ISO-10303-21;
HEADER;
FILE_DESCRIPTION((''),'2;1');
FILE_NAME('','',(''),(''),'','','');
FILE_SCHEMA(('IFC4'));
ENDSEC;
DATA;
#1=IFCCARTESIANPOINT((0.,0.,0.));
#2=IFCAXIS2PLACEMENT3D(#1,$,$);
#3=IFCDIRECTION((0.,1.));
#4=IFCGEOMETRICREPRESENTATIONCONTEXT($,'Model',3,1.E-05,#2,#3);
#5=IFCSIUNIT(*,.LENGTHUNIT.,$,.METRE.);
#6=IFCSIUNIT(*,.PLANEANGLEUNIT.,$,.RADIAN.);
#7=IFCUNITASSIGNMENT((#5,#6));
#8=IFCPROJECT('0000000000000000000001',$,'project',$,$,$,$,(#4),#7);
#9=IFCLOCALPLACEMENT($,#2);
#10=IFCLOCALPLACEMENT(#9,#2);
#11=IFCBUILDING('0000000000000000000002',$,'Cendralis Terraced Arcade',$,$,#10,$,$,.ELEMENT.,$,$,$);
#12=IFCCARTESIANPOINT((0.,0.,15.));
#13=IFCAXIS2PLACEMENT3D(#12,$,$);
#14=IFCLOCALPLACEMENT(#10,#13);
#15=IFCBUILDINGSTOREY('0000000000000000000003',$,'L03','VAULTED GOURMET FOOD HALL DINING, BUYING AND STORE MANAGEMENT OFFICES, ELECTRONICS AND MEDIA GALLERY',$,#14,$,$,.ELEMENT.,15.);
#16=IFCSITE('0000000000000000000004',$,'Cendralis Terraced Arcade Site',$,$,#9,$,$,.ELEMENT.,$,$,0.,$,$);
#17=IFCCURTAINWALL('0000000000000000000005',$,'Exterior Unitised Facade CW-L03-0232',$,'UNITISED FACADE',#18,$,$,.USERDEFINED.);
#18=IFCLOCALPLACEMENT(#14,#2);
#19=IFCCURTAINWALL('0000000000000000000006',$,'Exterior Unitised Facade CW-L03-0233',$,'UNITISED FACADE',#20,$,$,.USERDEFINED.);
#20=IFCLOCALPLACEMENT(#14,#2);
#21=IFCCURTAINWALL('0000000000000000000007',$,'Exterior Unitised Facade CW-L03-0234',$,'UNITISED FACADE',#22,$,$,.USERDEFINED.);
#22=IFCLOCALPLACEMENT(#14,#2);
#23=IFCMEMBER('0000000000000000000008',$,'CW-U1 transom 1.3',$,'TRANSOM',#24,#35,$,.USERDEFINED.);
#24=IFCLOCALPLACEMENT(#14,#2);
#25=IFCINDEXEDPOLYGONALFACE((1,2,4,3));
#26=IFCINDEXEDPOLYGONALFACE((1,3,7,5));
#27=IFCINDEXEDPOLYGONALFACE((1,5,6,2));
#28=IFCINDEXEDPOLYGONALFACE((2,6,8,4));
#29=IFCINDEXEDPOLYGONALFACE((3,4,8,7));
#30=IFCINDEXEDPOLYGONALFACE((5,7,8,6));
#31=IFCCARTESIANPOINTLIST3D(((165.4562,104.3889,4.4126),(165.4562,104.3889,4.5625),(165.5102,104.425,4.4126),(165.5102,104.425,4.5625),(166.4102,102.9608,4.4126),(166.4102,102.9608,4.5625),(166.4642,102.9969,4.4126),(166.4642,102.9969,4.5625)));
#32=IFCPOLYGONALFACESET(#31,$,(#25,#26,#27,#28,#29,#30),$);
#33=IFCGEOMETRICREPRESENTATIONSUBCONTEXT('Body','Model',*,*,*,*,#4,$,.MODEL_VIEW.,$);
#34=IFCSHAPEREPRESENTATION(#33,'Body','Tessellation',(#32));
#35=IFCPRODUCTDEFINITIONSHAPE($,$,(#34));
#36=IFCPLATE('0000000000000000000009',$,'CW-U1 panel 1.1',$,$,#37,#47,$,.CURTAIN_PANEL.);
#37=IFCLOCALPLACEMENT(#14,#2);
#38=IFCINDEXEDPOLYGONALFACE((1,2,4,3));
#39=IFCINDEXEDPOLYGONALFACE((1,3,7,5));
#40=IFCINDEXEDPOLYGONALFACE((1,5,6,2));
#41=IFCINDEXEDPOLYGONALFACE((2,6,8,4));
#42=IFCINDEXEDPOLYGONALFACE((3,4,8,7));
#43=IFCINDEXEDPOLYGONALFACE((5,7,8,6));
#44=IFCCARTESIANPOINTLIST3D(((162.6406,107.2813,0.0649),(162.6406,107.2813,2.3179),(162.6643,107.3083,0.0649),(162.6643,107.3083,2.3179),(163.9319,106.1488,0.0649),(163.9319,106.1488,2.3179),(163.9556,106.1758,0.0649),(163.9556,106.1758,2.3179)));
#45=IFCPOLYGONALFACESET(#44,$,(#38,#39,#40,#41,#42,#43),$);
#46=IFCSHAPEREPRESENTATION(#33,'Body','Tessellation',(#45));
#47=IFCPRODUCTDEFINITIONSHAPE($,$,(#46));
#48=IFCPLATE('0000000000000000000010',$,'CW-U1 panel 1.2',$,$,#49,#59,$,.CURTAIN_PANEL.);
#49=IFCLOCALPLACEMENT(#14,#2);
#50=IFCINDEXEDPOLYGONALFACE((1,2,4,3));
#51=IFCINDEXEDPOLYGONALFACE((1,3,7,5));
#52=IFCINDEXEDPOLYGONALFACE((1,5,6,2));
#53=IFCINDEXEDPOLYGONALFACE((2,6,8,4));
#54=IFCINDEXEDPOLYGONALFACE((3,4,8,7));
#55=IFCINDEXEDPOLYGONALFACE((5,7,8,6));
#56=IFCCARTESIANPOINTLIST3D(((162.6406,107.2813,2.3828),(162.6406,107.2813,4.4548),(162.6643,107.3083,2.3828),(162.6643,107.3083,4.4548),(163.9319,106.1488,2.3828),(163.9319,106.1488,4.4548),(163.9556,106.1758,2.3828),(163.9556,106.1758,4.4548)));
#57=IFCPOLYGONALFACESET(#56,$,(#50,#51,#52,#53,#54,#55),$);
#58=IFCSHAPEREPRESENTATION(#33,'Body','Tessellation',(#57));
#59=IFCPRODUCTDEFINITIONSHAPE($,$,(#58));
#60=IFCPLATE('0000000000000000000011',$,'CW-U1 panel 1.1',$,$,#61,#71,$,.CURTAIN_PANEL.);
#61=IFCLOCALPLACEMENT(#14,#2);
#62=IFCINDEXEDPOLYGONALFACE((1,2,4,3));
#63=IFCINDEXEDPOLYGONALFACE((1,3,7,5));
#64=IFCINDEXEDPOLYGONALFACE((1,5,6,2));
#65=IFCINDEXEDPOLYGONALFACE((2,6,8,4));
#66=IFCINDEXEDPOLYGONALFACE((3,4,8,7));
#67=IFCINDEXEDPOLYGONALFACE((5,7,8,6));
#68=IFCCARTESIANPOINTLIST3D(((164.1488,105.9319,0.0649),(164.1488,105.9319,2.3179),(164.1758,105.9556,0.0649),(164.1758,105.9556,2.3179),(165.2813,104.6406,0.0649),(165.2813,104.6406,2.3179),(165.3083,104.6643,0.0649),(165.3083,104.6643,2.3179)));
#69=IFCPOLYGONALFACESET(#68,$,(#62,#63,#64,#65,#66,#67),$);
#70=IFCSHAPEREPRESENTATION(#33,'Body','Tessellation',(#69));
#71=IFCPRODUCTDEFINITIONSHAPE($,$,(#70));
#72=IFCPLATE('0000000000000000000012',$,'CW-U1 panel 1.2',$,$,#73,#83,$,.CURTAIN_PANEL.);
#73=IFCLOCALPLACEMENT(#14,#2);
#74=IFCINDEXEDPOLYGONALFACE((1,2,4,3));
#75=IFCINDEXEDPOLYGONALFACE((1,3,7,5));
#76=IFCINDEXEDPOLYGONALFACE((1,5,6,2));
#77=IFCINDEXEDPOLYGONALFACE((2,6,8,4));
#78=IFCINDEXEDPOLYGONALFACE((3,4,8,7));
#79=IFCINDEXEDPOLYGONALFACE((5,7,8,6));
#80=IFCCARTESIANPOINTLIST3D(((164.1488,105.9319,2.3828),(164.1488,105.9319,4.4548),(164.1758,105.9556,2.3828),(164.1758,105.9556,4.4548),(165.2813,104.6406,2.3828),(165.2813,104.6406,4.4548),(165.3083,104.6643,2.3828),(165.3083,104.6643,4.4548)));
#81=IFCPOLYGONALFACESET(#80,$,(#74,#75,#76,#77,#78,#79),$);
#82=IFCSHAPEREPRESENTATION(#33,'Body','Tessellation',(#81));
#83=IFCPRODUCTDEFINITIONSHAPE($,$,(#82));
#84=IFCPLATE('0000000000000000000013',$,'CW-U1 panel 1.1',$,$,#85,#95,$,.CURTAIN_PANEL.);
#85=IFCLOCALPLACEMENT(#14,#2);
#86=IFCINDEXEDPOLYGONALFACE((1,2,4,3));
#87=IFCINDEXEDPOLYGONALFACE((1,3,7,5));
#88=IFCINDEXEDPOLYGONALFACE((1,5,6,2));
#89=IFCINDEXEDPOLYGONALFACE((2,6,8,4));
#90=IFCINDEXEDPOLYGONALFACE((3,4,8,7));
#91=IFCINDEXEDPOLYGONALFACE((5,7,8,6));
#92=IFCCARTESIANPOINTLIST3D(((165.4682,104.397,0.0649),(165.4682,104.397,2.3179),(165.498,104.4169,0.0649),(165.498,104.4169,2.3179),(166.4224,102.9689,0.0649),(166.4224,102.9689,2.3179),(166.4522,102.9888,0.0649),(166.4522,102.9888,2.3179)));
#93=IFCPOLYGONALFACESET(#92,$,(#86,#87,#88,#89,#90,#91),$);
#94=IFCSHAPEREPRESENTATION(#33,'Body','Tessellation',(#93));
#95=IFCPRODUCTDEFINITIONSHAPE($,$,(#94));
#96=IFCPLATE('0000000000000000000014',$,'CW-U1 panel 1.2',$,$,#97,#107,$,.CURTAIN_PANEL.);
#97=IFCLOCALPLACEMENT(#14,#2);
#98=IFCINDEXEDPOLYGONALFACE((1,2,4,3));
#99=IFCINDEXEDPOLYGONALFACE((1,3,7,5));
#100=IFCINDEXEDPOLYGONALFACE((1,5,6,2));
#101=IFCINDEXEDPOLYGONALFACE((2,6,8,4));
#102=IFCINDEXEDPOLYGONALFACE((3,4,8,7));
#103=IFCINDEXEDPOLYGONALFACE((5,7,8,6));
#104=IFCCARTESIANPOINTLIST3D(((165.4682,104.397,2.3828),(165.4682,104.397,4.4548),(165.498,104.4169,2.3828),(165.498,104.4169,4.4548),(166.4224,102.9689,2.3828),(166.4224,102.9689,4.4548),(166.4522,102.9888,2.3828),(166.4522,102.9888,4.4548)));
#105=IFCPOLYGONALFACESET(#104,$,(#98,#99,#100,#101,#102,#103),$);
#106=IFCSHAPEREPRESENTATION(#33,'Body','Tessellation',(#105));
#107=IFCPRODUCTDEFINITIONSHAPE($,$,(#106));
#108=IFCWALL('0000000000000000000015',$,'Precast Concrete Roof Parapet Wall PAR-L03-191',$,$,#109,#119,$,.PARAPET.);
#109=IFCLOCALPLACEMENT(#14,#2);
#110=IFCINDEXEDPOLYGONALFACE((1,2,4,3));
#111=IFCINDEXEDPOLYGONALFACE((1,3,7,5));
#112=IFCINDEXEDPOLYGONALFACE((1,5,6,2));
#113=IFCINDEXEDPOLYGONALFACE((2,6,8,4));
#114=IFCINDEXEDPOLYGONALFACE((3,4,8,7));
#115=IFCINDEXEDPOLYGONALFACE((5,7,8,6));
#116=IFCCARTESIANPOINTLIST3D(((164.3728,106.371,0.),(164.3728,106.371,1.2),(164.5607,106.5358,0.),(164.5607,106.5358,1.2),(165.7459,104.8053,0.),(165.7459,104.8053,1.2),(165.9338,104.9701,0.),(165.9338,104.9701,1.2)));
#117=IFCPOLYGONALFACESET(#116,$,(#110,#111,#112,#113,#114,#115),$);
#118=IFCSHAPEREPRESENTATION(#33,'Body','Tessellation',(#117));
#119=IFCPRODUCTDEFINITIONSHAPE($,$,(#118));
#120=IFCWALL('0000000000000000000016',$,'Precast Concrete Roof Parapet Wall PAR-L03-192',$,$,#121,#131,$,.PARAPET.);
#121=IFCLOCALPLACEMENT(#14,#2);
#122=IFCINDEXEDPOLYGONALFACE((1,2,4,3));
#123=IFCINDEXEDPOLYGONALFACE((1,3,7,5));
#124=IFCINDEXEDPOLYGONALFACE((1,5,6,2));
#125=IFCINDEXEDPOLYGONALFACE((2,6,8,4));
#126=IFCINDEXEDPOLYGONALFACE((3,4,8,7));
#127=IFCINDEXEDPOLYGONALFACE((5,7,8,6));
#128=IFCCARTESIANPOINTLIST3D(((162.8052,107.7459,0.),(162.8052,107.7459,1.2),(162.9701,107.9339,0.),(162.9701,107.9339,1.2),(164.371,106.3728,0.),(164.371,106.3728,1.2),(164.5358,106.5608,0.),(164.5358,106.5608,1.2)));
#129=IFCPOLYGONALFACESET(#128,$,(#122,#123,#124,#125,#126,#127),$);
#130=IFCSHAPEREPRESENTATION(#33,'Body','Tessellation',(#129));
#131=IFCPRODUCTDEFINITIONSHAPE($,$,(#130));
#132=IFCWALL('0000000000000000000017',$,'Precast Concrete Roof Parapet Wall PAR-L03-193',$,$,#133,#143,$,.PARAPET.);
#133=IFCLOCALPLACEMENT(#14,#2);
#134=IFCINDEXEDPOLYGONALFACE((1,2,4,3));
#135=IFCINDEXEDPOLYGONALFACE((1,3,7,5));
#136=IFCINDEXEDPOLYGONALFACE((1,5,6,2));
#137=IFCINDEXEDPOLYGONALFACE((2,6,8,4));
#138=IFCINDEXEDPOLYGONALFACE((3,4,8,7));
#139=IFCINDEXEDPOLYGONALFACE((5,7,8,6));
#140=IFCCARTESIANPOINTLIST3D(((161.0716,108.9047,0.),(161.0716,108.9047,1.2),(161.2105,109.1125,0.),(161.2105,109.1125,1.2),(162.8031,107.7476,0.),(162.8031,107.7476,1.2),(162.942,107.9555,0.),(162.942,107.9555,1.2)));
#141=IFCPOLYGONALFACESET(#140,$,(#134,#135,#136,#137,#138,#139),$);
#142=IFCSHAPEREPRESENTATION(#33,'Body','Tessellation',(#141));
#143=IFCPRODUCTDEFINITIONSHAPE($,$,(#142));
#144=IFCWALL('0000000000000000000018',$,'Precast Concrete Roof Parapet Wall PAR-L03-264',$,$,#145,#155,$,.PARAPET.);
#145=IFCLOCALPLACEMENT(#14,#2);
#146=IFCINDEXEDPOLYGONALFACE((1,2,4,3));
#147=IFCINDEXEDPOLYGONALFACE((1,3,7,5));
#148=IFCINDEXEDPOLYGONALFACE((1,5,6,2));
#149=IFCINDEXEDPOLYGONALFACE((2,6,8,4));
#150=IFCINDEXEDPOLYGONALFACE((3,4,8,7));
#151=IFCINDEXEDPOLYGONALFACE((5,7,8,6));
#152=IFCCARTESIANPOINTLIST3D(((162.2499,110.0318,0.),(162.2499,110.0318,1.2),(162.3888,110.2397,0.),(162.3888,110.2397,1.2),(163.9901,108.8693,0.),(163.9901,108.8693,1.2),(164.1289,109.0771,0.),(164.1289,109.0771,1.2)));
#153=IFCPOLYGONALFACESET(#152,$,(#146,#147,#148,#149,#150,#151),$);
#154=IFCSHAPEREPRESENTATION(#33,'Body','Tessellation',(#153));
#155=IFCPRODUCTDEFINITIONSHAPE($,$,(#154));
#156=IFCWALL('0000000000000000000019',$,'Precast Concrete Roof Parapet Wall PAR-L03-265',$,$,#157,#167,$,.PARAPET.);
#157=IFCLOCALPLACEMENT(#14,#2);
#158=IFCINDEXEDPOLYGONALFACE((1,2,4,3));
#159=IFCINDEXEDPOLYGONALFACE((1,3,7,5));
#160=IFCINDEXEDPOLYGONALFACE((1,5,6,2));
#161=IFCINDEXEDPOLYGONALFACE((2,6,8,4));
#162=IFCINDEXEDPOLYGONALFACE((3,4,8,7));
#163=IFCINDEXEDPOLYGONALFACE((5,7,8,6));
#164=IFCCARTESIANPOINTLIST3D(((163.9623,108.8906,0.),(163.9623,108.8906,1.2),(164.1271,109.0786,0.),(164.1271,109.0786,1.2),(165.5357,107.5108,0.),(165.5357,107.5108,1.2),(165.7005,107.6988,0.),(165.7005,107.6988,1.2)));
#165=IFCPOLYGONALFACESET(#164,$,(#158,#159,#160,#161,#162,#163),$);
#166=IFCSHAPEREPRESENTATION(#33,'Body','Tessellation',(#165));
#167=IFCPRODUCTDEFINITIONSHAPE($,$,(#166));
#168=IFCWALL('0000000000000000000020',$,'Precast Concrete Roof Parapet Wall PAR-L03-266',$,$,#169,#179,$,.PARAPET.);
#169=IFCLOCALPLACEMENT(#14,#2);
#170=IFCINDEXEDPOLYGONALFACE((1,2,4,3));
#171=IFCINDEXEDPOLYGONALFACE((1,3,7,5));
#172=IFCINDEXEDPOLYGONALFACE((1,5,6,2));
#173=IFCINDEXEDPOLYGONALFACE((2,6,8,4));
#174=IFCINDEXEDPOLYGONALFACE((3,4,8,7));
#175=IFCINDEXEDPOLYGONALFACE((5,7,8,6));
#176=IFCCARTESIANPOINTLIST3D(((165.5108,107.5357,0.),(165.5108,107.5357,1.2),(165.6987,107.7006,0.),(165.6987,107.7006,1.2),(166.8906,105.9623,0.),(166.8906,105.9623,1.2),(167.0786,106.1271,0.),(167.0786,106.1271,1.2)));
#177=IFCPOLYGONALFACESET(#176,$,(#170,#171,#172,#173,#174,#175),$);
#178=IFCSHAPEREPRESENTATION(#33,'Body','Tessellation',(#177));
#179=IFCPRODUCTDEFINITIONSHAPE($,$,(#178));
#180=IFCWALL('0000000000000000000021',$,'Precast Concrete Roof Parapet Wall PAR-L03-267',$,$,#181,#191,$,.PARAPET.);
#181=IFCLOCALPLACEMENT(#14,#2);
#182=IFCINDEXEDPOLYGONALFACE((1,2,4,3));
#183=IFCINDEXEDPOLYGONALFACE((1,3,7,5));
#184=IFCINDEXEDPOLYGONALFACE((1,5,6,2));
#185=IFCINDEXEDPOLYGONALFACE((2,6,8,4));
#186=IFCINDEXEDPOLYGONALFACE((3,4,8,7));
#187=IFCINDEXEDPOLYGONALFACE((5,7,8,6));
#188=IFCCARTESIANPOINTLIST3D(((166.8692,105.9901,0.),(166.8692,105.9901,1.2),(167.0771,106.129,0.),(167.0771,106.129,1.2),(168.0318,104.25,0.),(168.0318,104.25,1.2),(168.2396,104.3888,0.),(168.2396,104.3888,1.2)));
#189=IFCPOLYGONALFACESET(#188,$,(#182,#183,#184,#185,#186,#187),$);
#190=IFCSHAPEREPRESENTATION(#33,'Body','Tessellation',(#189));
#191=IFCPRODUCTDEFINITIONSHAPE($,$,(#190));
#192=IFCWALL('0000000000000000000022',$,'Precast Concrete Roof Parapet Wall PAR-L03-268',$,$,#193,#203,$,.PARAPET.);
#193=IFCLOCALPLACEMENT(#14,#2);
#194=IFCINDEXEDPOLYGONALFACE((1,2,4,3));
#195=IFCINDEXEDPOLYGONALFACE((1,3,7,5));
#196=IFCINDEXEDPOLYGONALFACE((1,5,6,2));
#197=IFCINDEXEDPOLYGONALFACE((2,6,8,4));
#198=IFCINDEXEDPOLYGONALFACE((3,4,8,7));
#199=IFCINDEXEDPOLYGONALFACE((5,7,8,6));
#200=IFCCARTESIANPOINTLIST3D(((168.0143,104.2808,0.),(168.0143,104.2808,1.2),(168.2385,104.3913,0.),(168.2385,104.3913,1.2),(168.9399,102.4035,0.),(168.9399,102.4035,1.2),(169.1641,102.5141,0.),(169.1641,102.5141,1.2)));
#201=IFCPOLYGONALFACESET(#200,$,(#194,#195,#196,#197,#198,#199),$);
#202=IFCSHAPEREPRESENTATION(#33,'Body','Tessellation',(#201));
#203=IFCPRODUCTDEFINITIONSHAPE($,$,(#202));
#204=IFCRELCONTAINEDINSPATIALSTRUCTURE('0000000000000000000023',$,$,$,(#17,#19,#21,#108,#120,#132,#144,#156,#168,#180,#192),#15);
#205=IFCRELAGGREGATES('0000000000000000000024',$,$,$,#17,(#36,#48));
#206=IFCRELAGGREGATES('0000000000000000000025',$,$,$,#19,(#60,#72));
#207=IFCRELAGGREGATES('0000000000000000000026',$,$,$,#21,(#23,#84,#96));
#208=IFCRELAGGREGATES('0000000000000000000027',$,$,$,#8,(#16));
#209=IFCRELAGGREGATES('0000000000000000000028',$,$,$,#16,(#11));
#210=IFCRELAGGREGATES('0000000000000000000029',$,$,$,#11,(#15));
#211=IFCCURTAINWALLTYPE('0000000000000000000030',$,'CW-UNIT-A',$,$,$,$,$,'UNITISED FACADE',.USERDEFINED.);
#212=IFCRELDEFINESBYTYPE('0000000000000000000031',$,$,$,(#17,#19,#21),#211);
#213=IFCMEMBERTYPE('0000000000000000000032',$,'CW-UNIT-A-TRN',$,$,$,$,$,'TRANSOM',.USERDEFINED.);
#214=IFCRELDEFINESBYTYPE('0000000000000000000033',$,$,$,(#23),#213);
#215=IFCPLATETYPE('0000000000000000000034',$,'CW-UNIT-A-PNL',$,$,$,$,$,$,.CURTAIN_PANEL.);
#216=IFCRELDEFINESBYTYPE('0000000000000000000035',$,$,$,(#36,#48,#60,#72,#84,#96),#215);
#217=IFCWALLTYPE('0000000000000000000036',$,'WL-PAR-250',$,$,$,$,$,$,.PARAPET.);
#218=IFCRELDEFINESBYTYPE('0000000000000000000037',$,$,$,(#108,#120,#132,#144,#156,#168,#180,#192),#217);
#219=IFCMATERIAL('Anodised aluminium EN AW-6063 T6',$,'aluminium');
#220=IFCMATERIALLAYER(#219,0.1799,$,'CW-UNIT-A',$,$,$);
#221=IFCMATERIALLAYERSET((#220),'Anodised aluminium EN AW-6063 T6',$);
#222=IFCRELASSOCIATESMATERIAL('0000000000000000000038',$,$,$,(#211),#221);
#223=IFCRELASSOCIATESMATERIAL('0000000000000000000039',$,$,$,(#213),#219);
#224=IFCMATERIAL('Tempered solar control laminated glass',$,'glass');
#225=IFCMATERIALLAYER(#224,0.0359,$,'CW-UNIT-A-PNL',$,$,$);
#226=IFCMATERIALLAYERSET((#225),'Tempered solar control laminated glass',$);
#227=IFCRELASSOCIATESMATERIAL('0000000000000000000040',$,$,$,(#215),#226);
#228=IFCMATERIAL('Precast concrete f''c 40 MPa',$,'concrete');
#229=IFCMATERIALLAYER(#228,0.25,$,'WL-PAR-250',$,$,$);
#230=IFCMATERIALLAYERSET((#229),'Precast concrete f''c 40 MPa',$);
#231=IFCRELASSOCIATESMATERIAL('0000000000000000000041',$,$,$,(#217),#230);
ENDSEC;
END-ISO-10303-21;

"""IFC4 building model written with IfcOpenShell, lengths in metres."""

from ifc_helpers import new_model, si_unit, direction, frame, frame_2d, origin, origin_2d, place, context, subcontext, project, spatial, rectangle, extrude, material, layer, layer_set, material_profile, profile_set, type_object, element, aggregate, save


model = new_model("IFC4")

# Units and contexts
model_context = context("Model", 3, precision=1e-05, world=origin(), true_north=direction((0.0, 1.0)))
body_context = subcontext(model_context, "Body", "Model", "MODEL_VIEW")
ifc_project = project(units=[si_unit("LENGTHUNIT", "METRE"), si_unit("PLANEANGLEUNIT", "RADIAN")], contexts=[model_context])

# Site, building, storey
site_placement = place(None, origin())
site = spatial("IfcSite", under=ifc_project, at=site_placement, Name="Cendralis Terraced Arcade Site", CompositionType="ELEMENT", RefElevation=0.0)
building_placement = place(site_placement, origin())
building = spatial("IfcBuilding", under=site, at=building_placement, Name="Cendralis Terraced Arcade", CompositionType="ELEMENT")
storey_placement = place(building_placement, frame((0.0, 0.0, 15.0)))
storey = spatial("IfcBuildingStorey", under=building, at=storey_placement, Name="L03", Description="VAULTED GOURMET FOOD HALL DINING, BUYING AND STORE MANAGEMENT OFFICES, ELECTRONICS AND MEDIA GALLERY", CompositionType="ELEMENT", Elevation=15.0)

# Shared definitions
ifc_material_1 = material(Name="Anodised aluminium EN AW-6063 T6", Category="aluminium")
ifc_layer_1 = layer(ifc_material_1, 0.1799, Name="CW-UNIT-A")
ifc_layer_set_1 = layer_set([ifc_layer_1], Name="Anodised aluminium EN AW-6063 T6")
curtain_wall_type = type_object("IfcCurtainWallType", Name="CW-UNIT-A", ElementType="UNITISED FACADE", PredefinedType="USERDEFINED", material=ifc_layer_set_1)

# Curtain walls
curtain_wall_1_placement = place(storey_placement, origin())
curtain_wall_1 = element("IfcCurtainWall", 1, at=curtain_wall_1_placement, inside=storey, type_object=curtain_wall_type, Name="Exterior Unitised Facade CW-L03-0232", ObjectType="UNITISED FACADE", PredefinedType="USERDEFINED")
curtain_wall_2_placement = place(storey_placement, origin())
curtain_wall_2 = element("IfcCurtainWall", 2, at=curtain_wall_2_placement, inside=storey, type_object=curtain_wall_type, Name="Exterior Unitised Facade CW-L03-0233", ObjectType="UNITISED FACADE", PredefinedType="USERDEFINED")

# Curtain wall
curtain_wall_3_placement = place(storey_placement, origin())
curtain_wall_3 = element("IfcCurtainWall", 3, at=curtain_wall_3_placement, inside=storey, type_object=curtain_wall_type, Name="Exterior Unitised Facade CW-L03-0234", ObjectType="UNITISED FACADE", PredefinedType="USERDEFINED")

# Member
ifc_material_profile_1 = material_profile(ifc_material_1, rectangle(XDim=0.0649, YDim=0.1499, at=origin_2d()), Name="ALU-TRN-65x150")
ifc_profile_set_1 = profile_set([ifc_material_profile_1], Name="Anodised aluminium EN AW-6063 T6")
member_type_1 = type_object("IfcMemberType", Name="CW-UNIT-A-TRN", ElementType="TRANSOM", PredefinedType="USERDEFINED", material=ifc_profile_set_1)
member_1_placement = place(storey_placement, frame((165.4832, 104.407, 4.4875), z_axis=(0.555487, -0.831525, 0.0), x_axis=(0.831525, 0.555487, 0.0)))
member_1 = element("IfcMember", 4, at=member_1_placement, type_object=member_type_1, Name="CW-U1 transom 1.3", ObjectType="TRANSOM", PredefinedType="USERDEFINED", context=body_context, shape_type="SweptSolid", body=[
    extrude(rectangle(XDim=0.0649, YDim=0.1499, at=origin_2d()), origin(), (0.0, 0.0, 1.0), 1.7175),
])

# Plates
ifc_material_2 = material(Name="Tempered solar control laminated glass", Category="glass")
ifc_layer_2 = layer(ifc_material_2, 0.0359, Name="CW-UNIT-A-PNL")
ifc_layer_set_2 = layer_set([ifc_layer_2], Name="Tempered solar control laminated glass")
plate_type = type_object("IfcPlateType", Name="CW-UNIT-A-PNL", PredefinedType="CURTAIN_PANEL", material=ifc_layer_set_2)
plate_1_placement = place(storey_placement, frame((163.2981, 106.7285, 0.0649), z_axis=(0.0, 0.0, 1.0), x_axis=(0.751818, -0.65937, 0.0)))
plate_1 = element("IfcPlate", 5, at=plate_1_placement, type_object=plate_type, Name="CW-U1 panel 1.1", PredefinedType="CURTAIN_PANEL", context=body_context, shape_type="SweptSolid", body=[
    extrude(rectangle(XDim=1.7175, YDim=0.0359, at=origin_2d()), origin(), (0.0, 0.0, 1.0), 2.2529),
])
plate_2_placement = place(storey_placement, frame((163.2981, 106.7285, 2.3828), z_axis=(0.0, 0.0, 1.0), x_axis=(0.751818, -0.65937, 0.0)))
plate_2 = element("IfcPlate", 6, at=plate_2_placement, type_object=plate_type, Name="CW-U1 panel 1.2", PredefinedType="CURTAIN_PANEL", context=body_context, shape_type="SweptSolid", body=[
    extrude(rectangle(XDim=1.7175, YDim=0.0359, at=origin_2d()), origin(), (0.0, 0.0, 1.0), 2.072),
])
aggregate(curtain_wall_1, [plate_1, plate_2])
plate_3_placement = place(storey_placement, frame((164.7285, 105.2981, 0.0649), z_axis=(0.0, 0.0, 1.0), x_axis=(0.65937, -0.751818, 0.0)))
plate_3 = element("IfcPlate", 7, at=plate_3_placement, type_object=plate_type, Name="CW-U1 panel 1.1", PredefinedType="CURTAIN_PANEL", context=body_context, shape_type="SweptSolid", body=[
    extrude(rectangle(XDim=1.7175, YDim=0.0359, at=origin_2d()), origin(), (0.0, 0.0, 1.0), 2.2529),
])
plate_4_placement = place(storey_placement, frame((164.7285, 105.2981, 2.3828), z_axis=(0.0, 0.0, 1.0), x_axis=(0.65937, -0.751818, 0.0)))
plate_4 = element("IfcPlate", 8, at=plate_4_placement, type_object=plate_type, Name="CW-U1 panel 1.2", PredefinedType="CURTAIN_PANEL", context=body_context, shape_type="SweptSolid", body=[
    extrude(rectangle(XDim=1.7175, YDim=0.0359, at=origin_2d()), origin(), (0.0, 0.0, 1.0), 2.072),
])
aggregate(curtain_wall_2, [plate_3, plate_4])
plate_5_placement = place(storey_placement, frame((165.9602, 103.6929, 0.0649), z_axis=(0.0, 0.0, 1.0), x_axis=(0.555549, -0.831484, 0.0)))
plate_5 = element("IfcPlate", 9, at=plate_5_placement, type_object=plate_type, Name="CW-U1 panel 1.1", PredefinedType="CURTAIN_PANEL", context=body_context, shape_type="SweptSolid", body=[
    extrude(rectangle(XDim=1.7175, YDim=0.0359, at=origin_2d()), origin(), (0.0, 0.0, 1.0), 2.2529),
])
plate_6_placement = place(storey_placement, frame((165.9602, 103.6929, 2.3828), z_axis=(0.0, 0.0, 1.0), x_axis=(0.555549, -0.831484, 0.0)))
plate_6 = element("IfcPlate", 10, at=plate_6_placement, type_object=plate_type, Name="CW-U1 panel 1.2", PredefinedType="CURTAIN_PANEL", context=body_context, shape_type="SweptSolid", body=[
    extrude(rectangle(XDim=1.7175, YDim=0.0359, at=origin_2d()), origin(), (0.0, 0.0, 1.0), 2.072),
])
aggregate(curtain_wall_3, [member_1, plate_5, plate_6])

# Walls
ifc_material_3 = material(Name="Precast concrete f'c 40 MPa", Category="concrete")
ifc_layer_3 = layer(ifc_material_3, 0.25, Name="WL-PAR-250")
ifc_layer_set_3 = layer_set([ifc_layer_3], Name="Precast concrete f'c 40 MPa")
wall_type = type_object("IfcWallType", Name="WL-PAR-250", PredefinedType="PARAPET", material=ifc_layer_set_3)
for number, where, z_axis, x_axis, name in (
    (11, (165.8398, 104.8877, 0.0), (0.0, 0.0, 1.0), (-0.659342, 0.751843, 0.0), "Precast Concrete Roof Parapet Wall PAR-L03-191"),
    (12, (164.4534, 106.4668, 0.0), (0.0, 0.0, 1.0), (-0.751843, 0.659342, 0.0), "Precast Concrete Roof Parapet Wall PAR-L03-192"),
    (13, (162.8726, 107.8516, 0.0), (0.0, 0.0, 1.0), (-0.831455, 0.555593, 0.0), "Precast Concrete Roof Parapet Wall PAR-L03-193"),
):
    element("IfcWall", number, at=place(storey_placement, frame(where, z_axis=z_axis, x_axis=x_axis)), inside=storey, type_object=wall_type, Name=name, PredefinedType="PARAPET", context=body_context, shape_type="SweptSolid", body=[
        extrude(rectangle(XDim=2.0825, YDim=0.25, at=frame_2d((1.0413, 0.0))), origin(), (0.0, 0.0, 1.0), 1.2),
    ])
for number, where, z_axis, x_axis, name in (
    (14, (162.3193, 110.1357, 0.0), (0.0, 0.0, 1.0), (0.831511, -0.555508, 0.0), "Precast Concrete Roof Parapet Wall PAR-L03-264"),
    (15, (164.0447, 108.9846, 0.0), (0.0, 0.0, 1.0), (0.751846, -0.659338, 0.0), "Precast Concrete Roof Parapet Wall PAR-L03-265"),
    (16, (165.6047, 107.6182, 0.0), (0.0, 0.0, 1.0), (0.659338, -0.751846, 0.0), "Precast Concrete Roof Parapet Wall PAR-L03-266"),
    (17, (166.9731, 106.0596, 0.0), (0.0, 0.0, 1.0), (0.555508, -0.831511, 0.0), "Precast Concrete Roof Parapet Wall PAR-L03-267"),
):
    element("IfcWall", number, at=place(storey_placement, frame(where, z_axis=z_axis, x_axis=x_axis)), inside=storey, type_object=wall_type, Name=name, PredefinedType="PARAPET", context=body_context, shape_type="SweptSolid", body=[
        extrude(rectangle(XDim=2.0928, YDim=0.25, at=frame_2d((1.0464, 0.0))), origin(), (0.0, 0.0, 1.0), 1.2),
    ])
wall_placement = place(storey_placement, frame((168.1265, 104.3359, 0.0), z_axis=(0.0, 0.0, 1.0), x_axis=(0.442214, -0.89691, 0.0)))
element("IfcWall", 18, at=wall_placement, inside=storey, type_object=wall_type, Name="Precast Concrete Roof Parapet Wall PAR-L03-268", PredefinedType="PARAPET", context=body_context, shape_type="SweptSolid", body=[
    extrude(rectangle(XDim=2.093, YDim=0.25, at=frame_2d((1.0464, 0.0))), origin(), (0.0, 0.0, 1.0), 1.2),
])

save(model, "model.ifc")
